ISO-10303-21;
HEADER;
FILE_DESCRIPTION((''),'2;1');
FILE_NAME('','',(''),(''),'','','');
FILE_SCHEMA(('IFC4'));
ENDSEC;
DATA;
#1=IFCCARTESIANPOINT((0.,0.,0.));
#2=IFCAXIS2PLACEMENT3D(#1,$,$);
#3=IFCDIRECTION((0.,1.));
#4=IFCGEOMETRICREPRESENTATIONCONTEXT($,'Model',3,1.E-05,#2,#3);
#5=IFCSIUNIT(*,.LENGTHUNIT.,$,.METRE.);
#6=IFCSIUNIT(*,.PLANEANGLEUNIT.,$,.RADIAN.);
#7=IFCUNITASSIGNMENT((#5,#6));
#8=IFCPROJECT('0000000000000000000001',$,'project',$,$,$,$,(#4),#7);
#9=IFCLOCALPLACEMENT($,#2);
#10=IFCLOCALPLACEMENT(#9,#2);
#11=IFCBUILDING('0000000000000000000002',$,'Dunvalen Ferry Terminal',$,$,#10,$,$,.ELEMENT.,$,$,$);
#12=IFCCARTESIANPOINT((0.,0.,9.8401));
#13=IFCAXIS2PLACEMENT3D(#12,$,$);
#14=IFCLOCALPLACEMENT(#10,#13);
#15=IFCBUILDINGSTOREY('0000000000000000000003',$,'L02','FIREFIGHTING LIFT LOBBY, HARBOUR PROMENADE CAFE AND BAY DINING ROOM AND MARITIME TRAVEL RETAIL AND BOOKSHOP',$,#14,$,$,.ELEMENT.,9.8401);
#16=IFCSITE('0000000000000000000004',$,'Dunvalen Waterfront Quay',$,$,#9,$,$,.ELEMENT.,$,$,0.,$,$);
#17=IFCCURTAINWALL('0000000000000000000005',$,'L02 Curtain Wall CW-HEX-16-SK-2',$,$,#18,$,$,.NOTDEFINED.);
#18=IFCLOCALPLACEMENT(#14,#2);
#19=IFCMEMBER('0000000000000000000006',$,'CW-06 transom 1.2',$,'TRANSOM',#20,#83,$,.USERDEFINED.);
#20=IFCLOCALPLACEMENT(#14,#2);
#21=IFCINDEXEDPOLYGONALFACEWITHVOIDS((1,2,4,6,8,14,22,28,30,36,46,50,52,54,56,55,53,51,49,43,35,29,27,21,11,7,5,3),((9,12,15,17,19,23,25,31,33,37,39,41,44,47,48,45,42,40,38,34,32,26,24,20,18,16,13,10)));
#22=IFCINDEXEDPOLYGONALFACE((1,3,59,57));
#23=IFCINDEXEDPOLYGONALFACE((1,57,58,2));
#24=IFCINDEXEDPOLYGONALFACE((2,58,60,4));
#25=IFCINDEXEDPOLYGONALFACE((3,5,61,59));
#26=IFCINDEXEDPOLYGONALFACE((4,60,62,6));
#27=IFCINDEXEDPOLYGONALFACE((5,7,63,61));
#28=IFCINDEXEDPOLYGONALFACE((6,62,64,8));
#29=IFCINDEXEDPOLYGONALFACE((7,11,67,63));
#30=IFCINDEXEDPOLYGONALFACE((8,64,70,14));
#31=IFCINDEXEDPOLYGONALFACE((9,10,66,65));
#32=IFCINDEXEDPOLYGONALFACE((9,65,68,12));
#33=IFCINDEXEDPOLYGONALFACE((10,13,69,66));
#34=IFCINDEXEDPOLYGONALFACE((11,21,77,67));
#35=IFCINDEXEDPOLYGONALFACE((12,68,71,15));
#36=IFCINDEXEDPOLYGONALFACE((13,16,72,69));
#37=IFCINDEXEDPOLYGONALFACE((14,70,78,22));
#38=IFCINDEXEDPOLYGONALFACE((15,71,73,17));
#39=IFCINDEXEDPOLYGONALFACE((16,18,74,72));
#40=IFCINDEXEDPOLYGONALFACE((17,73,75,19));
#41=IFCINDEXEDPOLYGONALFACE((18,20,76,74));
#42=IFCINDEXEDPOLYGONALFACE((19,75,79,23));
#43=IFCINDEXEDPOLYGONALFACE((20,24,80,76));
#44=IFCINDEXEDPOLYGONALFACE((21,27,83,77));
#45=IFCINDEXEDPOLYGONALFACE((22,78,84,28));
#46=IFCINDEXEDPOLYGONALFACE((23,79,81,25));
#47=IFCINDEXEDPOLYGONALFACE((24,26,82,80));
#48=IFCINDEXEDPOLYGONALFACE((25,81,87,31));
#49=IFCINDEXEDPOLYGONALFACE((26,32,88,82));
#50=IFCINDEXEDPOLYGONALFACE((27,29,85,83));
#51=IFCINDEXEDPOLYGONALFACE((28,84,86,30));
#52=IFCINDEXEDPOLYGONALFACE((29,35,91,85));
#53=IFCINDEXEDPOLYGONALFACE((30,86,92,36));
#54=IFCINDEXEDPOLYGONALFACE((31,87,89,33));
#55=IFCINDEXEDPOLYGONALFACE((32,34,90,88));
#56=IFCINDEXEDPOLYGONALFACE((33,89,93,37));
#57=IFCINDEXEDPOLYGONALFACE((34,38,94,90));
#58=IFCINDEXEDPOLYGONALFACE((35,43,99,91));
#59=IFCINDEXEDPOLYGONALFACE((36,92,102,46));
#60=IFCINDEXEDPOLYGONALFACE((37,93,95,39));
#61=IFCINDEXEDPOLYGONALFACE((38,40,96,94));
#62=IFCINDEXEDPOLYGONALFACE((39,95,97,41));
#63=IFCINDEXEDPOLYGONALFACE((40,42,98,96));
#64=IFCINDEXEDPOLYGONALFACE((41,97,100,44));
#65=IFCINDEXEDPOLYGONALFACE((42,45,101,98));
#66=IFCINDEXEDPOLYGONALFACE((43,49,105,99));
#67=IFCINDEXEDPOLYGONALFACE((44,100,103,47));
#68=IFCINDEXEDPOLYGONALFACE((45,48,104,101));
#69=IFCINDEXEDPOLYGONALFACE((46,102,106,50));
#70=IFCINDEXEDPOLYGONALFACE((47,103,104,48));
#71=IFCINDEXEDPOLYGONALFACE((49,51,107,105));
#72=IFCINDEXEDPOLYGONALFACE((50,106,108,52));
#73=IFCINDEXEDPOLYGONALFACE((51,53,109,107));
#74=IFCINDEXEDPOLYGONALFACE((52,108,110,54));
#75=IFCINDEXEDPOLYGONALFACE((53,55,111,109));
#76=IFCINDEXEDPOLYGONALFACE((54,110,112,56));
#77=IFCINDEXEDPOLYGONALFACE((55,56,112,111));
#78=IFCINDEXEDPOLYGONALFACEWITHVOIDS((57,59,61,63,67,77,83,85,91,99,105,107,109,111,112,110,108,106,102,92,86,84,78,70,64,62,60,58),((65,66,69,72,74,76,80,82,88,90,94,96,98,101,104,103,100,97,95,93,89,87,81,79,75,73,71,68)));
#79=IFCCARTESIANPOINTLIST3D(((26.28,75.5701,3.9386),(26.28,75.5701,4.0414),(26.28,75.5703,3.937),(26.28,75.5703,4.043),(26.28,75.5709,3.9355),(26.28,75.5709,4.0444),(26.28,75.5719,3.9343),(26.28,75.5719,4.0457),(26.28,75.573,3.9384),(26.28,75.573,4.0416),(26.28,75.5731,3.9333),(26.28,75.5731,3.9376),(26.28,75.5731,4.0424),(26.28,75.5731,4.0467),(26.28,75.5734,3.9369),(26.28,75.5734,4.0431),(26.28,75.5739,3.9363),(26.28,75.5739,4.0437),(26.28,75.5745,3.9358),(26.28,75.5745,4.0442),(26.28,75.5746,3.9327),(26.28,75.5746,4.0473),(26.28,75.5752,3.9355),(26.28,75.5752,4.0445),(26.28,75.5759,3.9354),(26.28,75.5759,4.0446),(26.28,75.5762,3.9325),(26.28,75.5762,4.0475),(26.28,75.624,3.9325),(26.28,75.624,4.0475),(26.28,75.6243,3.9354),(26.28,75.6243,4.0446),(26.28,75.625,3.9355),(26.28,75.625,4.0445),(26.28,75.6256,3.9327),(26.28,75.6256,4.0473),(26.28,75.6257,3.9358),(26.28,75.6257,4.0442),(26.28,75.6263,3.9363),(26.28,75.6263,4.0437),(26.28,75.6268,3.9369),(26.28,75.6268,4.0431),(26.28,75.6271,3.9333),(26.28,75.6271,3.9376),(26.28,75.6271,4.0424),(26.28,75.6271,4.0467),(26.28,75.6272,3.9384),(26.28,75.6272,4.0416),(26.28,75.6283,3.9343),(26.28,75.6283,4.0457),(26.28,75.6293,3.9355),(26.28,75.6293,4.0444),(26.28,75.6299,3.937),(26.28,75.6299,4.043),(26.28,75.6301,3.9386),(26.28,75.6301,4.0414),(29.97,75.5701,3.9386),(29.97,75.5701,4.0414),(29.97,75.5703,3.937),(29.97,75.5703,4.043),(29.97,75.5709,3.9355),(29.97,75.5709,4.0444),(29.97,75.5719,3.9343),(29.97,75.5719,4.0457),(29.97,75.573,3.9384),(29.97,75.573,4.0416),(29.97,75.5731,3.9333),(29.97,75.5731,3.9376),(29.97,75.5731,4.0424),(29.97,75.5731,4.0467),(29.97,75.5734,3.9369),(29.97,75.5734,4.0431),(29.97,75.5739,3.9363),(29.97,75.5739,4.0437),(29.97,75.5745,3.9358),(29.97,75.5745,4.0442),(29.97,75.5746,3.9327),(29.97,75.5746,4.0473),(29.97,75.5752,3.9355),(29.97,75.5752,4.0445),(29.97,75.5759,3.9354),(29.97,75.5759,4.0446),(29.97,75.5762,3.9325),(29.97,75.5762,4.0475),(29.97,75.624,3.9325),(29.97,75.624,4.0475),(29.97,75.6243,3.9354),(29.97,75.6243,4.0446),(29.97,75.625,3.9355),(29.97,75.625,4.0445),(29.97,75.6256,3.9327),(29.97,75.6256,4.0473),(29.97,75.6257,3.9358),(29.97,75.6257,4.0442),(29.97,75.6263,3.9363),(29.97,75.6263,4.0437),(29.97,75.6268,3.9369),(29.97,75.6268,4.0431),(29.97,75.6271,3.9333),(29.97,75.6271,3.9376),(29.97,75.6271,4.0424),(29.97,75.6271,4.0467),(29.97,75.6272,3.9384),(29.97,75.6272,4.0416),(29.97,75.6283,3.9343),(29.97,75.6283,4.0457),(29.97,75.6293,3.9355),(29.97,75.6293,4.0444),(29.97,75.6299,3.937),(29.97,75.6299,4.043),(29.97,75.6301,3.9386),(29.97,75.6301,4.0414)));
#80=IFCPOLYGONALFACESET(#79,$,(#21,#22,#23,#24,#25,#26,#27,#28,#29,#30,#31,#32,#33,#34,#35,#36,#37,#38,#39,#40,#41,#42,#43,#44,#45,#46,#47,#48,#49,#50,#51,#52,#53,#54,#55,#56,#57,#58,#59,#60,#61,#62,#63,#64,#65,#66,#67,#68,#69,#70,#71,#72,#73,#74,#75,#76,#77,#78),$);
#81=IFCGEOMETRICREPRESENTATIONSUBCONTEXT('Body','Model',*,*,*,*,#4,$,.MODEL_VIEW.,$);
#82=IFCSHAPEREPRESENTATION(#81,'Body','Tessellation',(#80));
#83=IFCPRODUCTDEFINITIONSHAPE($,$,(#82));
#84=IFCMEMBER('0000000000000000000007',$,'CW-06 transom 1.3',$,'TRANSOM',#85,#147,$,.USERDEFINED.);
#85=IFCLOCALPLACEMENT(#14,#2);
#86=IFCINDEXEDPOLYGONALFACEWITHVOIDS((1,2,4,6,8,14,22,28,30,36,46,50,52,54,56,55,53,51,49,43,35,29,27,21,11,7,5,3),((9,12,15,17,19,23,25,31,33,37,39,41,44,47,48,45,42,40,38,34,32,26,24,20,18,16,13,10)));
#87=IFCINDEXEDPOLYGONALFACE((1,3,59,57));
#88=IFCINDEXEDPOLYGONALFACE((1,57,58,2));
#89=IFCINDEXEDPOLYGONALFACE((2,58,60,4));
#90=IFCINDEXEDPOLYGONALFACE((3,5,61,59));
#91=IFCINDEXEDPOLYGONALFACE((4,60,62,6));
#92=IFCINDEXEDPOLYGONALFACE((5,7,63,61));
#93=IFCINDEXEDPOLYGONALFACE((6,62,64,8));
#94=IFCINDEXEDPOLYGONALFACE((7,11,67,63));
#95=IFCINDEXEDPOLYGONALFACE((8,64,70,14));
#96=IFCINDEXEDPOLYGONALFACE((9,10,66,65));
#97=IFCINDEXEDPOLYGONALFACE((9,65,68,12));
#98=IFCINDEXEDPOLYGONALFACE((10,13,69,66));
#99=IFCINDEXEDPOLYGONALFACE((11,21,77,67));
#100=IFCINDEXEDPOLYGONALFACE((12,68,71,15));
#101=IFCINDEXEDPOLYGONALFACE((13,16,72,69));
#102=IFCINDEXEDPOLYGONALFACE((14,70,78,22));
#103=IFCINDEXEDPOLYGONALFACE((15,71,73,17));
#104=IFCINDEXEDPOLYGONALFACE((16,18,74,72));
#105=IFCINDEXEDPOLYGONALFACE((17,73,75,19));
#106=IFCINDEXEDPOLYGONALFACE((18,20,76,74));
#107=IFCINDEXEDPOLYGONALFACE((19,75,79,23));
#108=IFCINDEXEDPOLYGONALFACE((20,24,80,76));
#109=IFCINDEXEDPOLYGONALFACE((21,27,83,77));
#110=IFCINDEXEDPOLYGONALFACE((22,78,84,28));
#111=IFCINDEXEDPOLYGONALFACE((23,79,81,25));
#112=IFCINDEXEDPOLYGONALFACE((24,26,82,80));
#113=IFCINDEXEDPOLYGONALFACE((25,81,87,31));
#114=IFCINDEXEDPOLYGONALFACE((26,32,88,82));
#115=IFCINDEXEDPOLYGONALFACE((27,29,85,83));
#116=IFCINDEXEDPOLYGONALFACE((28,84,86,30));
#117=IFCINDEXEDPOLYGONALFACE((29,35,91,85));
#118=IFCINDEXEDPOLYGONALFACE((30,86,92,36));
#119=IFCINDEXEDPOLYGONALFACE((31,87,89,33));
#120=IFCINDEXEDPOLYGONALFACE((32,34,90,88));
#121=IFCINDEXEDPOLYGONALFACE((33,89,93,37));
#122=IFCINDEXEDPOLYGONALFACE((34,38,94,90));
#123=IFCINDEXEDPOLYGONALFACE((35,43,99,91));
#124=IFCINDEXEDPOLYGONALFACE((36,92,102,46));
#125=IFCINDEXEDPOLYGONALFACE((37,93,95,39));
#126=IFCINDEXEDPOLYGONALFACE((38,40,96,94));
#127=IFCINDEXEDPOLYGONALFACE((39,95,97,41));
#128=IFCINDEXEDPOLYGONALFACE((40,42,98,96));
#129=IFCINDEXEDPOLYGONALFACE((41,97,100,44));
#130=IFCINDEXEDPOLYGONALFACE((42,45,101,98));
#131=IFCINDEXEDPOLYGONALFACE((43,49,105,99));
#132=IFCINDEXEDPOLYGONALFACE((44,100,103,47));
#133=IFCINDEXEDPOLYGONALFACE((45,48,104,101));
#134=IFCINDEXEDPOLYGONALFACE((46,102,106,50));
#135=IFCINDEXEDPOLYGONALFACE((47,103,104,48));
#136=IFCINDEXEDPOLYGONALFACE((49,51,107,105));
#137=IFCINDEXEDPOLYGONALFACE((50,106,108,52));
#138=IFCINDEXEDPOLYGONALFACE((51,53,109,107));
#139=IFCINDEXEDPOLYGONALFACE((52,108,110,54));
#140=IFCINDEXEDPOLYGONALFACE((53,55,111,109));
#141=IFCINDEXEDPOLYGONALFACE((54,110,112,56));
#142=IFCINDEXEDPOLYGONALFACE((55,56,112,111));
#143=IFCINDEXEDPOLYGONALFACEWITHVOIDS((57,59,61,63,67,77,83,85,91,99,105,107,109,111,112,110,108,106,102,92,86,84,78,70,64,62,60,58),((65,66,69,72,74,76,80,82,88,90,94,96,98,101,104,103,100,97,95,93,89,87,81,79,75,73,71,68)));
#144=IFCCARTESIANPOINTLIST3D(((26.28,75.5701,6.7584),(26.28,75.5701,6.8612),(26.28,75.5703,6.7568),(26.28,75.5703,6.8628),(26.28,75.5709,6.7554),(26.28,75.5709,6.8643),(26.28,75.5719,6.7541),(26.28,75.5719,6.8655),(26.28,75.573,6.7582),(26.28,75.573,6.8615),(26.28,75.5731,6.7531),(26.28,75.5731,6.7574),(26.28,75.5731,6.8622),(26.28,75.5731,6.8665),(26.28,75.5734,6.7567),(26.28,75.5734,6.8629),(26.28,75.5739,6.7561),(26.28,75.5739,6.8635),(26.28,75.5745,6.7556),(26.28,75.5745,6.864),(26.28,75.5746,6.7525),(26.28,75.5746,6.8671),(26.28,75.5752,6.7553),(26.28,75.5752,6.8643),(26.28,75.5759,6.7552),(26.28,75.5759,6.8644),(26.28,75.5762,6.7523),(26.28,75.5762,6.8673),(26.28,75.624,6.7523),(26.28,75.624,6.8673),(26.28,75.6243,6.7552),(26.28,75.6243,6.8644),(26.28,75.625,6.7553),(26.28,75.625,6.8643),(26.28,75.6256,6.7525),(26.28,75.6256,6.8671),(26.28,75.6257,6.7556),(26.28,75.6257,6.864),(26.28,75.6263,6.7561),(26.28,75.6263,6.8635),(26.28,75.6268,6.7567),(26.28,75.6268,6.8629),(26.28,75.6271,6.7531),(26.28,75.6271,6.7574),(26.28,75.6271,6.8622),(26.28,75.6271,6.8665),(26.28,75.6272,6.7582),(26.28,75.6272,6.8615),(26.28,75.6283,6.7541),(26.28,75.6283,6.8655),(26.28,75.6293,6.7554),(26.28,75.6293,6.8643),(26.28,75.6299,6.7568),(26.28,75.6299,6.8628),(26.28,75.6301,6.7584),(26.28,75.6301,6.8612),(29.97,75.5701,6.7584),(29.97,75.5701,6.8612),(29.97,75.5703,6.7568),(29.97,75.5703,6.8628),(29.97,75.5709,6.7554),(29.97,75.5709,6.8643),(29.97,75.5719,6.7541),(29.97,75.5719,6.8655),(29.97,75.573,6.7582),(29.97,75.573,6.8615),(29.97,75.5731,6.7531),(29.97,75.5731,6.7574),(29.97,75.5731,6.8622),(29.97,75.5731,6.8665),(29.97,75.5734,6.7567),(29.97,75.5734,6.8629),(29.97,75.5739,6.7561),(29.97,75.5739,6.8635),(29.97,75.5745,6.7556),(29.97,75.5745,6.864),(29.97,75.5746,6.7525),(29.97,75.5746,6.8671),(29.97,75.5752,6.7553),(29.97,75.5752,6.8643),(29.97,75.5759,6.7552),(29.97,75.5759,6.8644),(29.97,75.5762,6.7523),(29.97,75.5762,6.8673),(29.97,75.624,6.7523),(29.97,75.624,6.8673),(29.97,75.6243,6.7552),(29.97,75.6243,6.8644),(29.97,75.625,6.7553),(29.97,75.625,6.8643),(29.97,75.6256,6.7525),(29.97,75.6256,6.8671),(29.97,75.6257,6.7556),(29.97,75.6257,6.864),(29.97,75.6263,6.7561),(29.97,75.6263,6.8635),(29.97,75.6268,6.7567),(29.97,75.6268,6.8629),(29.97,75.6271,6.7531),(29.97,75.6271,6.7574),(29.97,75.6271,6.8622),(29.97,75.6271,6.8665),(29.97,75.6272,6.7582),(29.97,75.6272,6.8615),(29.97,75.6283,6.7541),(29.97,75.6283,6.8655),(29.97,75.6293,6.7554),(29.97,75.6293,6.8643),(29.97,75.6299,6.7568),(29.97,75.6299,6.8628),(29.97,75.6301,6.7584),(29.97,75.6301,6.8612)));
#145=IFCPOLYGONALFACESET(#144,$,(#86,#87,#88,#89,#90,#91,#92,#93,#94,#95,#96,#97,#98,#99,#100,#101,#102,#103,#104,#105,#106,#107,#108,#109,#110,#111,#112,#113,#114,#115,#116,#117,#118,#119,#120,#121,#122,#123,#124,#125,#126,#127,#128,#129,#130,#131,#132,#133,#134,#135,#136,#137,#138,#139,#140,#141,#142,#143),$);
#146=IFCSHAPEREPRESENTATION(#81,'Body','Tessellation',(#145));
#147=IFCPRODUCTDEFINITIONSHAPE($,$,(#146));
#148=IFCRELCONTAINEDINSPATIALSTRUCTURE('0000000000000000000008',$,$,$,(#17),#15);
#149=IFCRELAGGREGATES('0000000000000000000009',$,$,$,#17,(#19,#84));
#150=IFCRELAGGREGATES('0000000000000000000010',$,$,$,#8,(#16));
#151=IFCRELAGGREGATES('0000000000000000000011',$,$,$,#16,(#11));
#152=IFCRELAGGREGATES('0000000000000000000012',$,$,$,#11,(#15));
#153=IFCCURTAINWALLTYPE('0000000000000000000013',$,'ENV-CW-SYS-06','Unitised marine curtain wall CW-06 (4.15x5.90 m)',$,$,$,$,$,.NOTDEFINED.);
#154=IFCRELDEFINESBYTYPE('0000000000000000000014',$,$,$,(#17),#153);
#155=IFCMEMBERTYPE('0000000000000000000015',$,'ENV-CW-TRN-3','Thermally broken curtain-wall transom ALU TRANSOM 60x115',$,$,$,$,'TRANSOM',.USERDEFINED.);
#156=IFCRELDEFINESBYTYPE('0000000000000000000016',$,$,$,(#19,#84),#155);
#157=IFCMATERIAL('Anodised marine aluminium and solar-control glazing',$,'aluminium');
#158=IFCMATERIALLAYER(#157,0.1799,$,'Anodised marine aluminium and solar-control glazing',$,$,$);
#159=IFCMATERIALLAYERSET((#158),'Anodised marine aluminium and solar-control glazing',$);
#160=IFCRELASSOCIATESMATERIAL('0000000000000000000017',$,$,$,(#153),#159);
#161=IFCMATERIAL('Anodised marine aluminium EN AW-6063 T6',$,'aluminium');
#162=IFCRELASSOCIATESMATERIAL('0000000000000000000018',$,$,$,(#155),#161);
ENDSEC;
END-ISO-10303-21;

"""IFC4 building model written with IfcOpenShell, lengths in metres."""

from ifc_helpers import new_model, si_unit, direction, frame, origin, origin_2d, place, context, subcontext, project, spatial, hollow_rectangle, extrude, material, layer, layer_set, material_profile, profile_set, type_object, element, aggregate, save


model = new_model("IFC4")

# Units and contexts
model_context = context("Model", 3, precision=1e-05, world=origin(), true_north=direction((0.0, 1.0)))
body_context = subcontext(model_context, "Body", "Model", "MODEL_VIEW")
ifc_project = project(units=[si_unit("LENGTHUNIT", "METRE"), si_unit("PLANEANGLEUNIT", "RADIAN")], contexts=[model_context])

# Site, building, storey
site_placement = place(None, origin())
site = spatial("IfcSite", under=ifc_project, at=site_placement, Name="Dunvalen Waterfront Quay", CompositionType="ELEMENT", RefElevation=0.0)
building_placement = place(site_placement, origin())
building = spatial("IfcBuilding", under=site, at=building_placement, Name="Dunvalen Ferry Terminal", CompositionType="ELEMENT")
storey_placement = place(building_placement, frame((0.0, 0.0, 9.8401)))
storey = spatial("IfcBuildingStorey", under=building, at=storey_placement, Name="L02", Description="FIREFIGHTING LIFT LOBBY, HARBOUR PROMENADE CAFE AND BAY DINING ROOM AND MARITIME TRAVEL RETAIL AND BOOKSHOP", CompositionType="ELEMENT", Elevation=9.8401)

# Shared definitions
ifc_material_1 = material(Name="Anodised marine aluminium and solar-control glazing", Category="aluminium")
ifc_material_2 = material(Name="Anodised marine aluminium EN AW-6063 T6", Category="aluminium")
ifc_layer_1 = layer(ifc_material_1, 0.1799, Name="Anodised marine aluminium and solar-control glazing")
ifc_layer_set_1 = layer_set([ifc_layer_1], Name="Anodised marine aluminium and solar-control glazing")
curtain_wall_type_1 = type_object("IfcCurtainWallType", Name="ENV-CW-SYS-06", Description="Unitised marine curtain wall CW-06 (4.15x5.90 m)", PredefinedType="NOTDEFINED", material=ifc_layer_set_1)

# Curtain wall, members
curtain_wall_1_placement = place(storey_placement, origin())
curtain_wall_1 = element("IfcCurtainWall", 1, at=curtain_wall_1_placement, inside=storey, type_object=curtain_wall_type_1, Name="L02 Curtain Wall CW-HEX-16-SK-2", PredefinedType="NOTDEFINED")
ifc_material_profile_1 = material_profile(ifc_material_2, hollow_rectangle(XDim=0.0601, YDim=0.115, WallThickness=0.0029, InnerFilletRadius=0.0029, OuterFilletRadius=0.0061, at=origin_2d()), Name="Anodised marine aluminium EN AW-6063 T6")
ifc_profile_set_1 = profile_set([ifc_material_profile_1], Name="Anodised marine aluminium EN AW-6063 T6")
member_type_1 = type_object("IfcMemberType", Name="ENV-CW-TRN-3", Description="Thermally broken curtain-wall transom ALU TRANSOM 60x115", ElementType="TRANSOM", PredefinedType="USERDEFINED", material=ifc_profile_set_1)
member_1_placement = place(storey_placement, frame((26.28, 75.6001, 3.99), z_axis=(1.0, 0.0, 0.0), x_axis=(0.0, 1.0, 0.0)))
member_1 = element("IfcMember", 2, at=member_1_placement, type_object=member_type_1, Name="CW-06 transom 1.2", ObjectType="TRANSOM", PredefinedType="USERDEFINED", context=body_context, shape_type="SweptSolid", body=[
    extrude(hollow_rectangle(XDim=0.0601, YDim=0.115, WallThickness=0.0029, InnerFilletRadius=0.0029, OuterFilletRadius=0.0061, at=origin_2d()), origin(), (0.0, 0.0, 1.0), 3.6899),
])
member_2_placement = place(storey_placement, frame((26.28, 75.6001, 6.8098), z_axis=(1.0, 0.0, 0.0), x_axis=(0.0, 1.0, 0.0)))
member_2 = element("IfcMember", 3, at=member_2_placement, type_object=member_type_1, Name="CW-06 transom 1.3", ObjectType="TRANSOM", PredefinedType="USERDEFINED", context=body_context, shape_type="SweptSolid", body=[
    extrude(hollow_rectangle(XDim=0.0601, YDim=0.115, WallThickness=0.0029, InnerFilletRadius=0.0029, OuterFilletRadius=0.0061, at=origin_2d()), origin(), (0.0, 0.0, 1.0), 3.6899),
])
aggregate(curtain_wall_1, [member_1, member_2])

save(model, "model.ifc")
